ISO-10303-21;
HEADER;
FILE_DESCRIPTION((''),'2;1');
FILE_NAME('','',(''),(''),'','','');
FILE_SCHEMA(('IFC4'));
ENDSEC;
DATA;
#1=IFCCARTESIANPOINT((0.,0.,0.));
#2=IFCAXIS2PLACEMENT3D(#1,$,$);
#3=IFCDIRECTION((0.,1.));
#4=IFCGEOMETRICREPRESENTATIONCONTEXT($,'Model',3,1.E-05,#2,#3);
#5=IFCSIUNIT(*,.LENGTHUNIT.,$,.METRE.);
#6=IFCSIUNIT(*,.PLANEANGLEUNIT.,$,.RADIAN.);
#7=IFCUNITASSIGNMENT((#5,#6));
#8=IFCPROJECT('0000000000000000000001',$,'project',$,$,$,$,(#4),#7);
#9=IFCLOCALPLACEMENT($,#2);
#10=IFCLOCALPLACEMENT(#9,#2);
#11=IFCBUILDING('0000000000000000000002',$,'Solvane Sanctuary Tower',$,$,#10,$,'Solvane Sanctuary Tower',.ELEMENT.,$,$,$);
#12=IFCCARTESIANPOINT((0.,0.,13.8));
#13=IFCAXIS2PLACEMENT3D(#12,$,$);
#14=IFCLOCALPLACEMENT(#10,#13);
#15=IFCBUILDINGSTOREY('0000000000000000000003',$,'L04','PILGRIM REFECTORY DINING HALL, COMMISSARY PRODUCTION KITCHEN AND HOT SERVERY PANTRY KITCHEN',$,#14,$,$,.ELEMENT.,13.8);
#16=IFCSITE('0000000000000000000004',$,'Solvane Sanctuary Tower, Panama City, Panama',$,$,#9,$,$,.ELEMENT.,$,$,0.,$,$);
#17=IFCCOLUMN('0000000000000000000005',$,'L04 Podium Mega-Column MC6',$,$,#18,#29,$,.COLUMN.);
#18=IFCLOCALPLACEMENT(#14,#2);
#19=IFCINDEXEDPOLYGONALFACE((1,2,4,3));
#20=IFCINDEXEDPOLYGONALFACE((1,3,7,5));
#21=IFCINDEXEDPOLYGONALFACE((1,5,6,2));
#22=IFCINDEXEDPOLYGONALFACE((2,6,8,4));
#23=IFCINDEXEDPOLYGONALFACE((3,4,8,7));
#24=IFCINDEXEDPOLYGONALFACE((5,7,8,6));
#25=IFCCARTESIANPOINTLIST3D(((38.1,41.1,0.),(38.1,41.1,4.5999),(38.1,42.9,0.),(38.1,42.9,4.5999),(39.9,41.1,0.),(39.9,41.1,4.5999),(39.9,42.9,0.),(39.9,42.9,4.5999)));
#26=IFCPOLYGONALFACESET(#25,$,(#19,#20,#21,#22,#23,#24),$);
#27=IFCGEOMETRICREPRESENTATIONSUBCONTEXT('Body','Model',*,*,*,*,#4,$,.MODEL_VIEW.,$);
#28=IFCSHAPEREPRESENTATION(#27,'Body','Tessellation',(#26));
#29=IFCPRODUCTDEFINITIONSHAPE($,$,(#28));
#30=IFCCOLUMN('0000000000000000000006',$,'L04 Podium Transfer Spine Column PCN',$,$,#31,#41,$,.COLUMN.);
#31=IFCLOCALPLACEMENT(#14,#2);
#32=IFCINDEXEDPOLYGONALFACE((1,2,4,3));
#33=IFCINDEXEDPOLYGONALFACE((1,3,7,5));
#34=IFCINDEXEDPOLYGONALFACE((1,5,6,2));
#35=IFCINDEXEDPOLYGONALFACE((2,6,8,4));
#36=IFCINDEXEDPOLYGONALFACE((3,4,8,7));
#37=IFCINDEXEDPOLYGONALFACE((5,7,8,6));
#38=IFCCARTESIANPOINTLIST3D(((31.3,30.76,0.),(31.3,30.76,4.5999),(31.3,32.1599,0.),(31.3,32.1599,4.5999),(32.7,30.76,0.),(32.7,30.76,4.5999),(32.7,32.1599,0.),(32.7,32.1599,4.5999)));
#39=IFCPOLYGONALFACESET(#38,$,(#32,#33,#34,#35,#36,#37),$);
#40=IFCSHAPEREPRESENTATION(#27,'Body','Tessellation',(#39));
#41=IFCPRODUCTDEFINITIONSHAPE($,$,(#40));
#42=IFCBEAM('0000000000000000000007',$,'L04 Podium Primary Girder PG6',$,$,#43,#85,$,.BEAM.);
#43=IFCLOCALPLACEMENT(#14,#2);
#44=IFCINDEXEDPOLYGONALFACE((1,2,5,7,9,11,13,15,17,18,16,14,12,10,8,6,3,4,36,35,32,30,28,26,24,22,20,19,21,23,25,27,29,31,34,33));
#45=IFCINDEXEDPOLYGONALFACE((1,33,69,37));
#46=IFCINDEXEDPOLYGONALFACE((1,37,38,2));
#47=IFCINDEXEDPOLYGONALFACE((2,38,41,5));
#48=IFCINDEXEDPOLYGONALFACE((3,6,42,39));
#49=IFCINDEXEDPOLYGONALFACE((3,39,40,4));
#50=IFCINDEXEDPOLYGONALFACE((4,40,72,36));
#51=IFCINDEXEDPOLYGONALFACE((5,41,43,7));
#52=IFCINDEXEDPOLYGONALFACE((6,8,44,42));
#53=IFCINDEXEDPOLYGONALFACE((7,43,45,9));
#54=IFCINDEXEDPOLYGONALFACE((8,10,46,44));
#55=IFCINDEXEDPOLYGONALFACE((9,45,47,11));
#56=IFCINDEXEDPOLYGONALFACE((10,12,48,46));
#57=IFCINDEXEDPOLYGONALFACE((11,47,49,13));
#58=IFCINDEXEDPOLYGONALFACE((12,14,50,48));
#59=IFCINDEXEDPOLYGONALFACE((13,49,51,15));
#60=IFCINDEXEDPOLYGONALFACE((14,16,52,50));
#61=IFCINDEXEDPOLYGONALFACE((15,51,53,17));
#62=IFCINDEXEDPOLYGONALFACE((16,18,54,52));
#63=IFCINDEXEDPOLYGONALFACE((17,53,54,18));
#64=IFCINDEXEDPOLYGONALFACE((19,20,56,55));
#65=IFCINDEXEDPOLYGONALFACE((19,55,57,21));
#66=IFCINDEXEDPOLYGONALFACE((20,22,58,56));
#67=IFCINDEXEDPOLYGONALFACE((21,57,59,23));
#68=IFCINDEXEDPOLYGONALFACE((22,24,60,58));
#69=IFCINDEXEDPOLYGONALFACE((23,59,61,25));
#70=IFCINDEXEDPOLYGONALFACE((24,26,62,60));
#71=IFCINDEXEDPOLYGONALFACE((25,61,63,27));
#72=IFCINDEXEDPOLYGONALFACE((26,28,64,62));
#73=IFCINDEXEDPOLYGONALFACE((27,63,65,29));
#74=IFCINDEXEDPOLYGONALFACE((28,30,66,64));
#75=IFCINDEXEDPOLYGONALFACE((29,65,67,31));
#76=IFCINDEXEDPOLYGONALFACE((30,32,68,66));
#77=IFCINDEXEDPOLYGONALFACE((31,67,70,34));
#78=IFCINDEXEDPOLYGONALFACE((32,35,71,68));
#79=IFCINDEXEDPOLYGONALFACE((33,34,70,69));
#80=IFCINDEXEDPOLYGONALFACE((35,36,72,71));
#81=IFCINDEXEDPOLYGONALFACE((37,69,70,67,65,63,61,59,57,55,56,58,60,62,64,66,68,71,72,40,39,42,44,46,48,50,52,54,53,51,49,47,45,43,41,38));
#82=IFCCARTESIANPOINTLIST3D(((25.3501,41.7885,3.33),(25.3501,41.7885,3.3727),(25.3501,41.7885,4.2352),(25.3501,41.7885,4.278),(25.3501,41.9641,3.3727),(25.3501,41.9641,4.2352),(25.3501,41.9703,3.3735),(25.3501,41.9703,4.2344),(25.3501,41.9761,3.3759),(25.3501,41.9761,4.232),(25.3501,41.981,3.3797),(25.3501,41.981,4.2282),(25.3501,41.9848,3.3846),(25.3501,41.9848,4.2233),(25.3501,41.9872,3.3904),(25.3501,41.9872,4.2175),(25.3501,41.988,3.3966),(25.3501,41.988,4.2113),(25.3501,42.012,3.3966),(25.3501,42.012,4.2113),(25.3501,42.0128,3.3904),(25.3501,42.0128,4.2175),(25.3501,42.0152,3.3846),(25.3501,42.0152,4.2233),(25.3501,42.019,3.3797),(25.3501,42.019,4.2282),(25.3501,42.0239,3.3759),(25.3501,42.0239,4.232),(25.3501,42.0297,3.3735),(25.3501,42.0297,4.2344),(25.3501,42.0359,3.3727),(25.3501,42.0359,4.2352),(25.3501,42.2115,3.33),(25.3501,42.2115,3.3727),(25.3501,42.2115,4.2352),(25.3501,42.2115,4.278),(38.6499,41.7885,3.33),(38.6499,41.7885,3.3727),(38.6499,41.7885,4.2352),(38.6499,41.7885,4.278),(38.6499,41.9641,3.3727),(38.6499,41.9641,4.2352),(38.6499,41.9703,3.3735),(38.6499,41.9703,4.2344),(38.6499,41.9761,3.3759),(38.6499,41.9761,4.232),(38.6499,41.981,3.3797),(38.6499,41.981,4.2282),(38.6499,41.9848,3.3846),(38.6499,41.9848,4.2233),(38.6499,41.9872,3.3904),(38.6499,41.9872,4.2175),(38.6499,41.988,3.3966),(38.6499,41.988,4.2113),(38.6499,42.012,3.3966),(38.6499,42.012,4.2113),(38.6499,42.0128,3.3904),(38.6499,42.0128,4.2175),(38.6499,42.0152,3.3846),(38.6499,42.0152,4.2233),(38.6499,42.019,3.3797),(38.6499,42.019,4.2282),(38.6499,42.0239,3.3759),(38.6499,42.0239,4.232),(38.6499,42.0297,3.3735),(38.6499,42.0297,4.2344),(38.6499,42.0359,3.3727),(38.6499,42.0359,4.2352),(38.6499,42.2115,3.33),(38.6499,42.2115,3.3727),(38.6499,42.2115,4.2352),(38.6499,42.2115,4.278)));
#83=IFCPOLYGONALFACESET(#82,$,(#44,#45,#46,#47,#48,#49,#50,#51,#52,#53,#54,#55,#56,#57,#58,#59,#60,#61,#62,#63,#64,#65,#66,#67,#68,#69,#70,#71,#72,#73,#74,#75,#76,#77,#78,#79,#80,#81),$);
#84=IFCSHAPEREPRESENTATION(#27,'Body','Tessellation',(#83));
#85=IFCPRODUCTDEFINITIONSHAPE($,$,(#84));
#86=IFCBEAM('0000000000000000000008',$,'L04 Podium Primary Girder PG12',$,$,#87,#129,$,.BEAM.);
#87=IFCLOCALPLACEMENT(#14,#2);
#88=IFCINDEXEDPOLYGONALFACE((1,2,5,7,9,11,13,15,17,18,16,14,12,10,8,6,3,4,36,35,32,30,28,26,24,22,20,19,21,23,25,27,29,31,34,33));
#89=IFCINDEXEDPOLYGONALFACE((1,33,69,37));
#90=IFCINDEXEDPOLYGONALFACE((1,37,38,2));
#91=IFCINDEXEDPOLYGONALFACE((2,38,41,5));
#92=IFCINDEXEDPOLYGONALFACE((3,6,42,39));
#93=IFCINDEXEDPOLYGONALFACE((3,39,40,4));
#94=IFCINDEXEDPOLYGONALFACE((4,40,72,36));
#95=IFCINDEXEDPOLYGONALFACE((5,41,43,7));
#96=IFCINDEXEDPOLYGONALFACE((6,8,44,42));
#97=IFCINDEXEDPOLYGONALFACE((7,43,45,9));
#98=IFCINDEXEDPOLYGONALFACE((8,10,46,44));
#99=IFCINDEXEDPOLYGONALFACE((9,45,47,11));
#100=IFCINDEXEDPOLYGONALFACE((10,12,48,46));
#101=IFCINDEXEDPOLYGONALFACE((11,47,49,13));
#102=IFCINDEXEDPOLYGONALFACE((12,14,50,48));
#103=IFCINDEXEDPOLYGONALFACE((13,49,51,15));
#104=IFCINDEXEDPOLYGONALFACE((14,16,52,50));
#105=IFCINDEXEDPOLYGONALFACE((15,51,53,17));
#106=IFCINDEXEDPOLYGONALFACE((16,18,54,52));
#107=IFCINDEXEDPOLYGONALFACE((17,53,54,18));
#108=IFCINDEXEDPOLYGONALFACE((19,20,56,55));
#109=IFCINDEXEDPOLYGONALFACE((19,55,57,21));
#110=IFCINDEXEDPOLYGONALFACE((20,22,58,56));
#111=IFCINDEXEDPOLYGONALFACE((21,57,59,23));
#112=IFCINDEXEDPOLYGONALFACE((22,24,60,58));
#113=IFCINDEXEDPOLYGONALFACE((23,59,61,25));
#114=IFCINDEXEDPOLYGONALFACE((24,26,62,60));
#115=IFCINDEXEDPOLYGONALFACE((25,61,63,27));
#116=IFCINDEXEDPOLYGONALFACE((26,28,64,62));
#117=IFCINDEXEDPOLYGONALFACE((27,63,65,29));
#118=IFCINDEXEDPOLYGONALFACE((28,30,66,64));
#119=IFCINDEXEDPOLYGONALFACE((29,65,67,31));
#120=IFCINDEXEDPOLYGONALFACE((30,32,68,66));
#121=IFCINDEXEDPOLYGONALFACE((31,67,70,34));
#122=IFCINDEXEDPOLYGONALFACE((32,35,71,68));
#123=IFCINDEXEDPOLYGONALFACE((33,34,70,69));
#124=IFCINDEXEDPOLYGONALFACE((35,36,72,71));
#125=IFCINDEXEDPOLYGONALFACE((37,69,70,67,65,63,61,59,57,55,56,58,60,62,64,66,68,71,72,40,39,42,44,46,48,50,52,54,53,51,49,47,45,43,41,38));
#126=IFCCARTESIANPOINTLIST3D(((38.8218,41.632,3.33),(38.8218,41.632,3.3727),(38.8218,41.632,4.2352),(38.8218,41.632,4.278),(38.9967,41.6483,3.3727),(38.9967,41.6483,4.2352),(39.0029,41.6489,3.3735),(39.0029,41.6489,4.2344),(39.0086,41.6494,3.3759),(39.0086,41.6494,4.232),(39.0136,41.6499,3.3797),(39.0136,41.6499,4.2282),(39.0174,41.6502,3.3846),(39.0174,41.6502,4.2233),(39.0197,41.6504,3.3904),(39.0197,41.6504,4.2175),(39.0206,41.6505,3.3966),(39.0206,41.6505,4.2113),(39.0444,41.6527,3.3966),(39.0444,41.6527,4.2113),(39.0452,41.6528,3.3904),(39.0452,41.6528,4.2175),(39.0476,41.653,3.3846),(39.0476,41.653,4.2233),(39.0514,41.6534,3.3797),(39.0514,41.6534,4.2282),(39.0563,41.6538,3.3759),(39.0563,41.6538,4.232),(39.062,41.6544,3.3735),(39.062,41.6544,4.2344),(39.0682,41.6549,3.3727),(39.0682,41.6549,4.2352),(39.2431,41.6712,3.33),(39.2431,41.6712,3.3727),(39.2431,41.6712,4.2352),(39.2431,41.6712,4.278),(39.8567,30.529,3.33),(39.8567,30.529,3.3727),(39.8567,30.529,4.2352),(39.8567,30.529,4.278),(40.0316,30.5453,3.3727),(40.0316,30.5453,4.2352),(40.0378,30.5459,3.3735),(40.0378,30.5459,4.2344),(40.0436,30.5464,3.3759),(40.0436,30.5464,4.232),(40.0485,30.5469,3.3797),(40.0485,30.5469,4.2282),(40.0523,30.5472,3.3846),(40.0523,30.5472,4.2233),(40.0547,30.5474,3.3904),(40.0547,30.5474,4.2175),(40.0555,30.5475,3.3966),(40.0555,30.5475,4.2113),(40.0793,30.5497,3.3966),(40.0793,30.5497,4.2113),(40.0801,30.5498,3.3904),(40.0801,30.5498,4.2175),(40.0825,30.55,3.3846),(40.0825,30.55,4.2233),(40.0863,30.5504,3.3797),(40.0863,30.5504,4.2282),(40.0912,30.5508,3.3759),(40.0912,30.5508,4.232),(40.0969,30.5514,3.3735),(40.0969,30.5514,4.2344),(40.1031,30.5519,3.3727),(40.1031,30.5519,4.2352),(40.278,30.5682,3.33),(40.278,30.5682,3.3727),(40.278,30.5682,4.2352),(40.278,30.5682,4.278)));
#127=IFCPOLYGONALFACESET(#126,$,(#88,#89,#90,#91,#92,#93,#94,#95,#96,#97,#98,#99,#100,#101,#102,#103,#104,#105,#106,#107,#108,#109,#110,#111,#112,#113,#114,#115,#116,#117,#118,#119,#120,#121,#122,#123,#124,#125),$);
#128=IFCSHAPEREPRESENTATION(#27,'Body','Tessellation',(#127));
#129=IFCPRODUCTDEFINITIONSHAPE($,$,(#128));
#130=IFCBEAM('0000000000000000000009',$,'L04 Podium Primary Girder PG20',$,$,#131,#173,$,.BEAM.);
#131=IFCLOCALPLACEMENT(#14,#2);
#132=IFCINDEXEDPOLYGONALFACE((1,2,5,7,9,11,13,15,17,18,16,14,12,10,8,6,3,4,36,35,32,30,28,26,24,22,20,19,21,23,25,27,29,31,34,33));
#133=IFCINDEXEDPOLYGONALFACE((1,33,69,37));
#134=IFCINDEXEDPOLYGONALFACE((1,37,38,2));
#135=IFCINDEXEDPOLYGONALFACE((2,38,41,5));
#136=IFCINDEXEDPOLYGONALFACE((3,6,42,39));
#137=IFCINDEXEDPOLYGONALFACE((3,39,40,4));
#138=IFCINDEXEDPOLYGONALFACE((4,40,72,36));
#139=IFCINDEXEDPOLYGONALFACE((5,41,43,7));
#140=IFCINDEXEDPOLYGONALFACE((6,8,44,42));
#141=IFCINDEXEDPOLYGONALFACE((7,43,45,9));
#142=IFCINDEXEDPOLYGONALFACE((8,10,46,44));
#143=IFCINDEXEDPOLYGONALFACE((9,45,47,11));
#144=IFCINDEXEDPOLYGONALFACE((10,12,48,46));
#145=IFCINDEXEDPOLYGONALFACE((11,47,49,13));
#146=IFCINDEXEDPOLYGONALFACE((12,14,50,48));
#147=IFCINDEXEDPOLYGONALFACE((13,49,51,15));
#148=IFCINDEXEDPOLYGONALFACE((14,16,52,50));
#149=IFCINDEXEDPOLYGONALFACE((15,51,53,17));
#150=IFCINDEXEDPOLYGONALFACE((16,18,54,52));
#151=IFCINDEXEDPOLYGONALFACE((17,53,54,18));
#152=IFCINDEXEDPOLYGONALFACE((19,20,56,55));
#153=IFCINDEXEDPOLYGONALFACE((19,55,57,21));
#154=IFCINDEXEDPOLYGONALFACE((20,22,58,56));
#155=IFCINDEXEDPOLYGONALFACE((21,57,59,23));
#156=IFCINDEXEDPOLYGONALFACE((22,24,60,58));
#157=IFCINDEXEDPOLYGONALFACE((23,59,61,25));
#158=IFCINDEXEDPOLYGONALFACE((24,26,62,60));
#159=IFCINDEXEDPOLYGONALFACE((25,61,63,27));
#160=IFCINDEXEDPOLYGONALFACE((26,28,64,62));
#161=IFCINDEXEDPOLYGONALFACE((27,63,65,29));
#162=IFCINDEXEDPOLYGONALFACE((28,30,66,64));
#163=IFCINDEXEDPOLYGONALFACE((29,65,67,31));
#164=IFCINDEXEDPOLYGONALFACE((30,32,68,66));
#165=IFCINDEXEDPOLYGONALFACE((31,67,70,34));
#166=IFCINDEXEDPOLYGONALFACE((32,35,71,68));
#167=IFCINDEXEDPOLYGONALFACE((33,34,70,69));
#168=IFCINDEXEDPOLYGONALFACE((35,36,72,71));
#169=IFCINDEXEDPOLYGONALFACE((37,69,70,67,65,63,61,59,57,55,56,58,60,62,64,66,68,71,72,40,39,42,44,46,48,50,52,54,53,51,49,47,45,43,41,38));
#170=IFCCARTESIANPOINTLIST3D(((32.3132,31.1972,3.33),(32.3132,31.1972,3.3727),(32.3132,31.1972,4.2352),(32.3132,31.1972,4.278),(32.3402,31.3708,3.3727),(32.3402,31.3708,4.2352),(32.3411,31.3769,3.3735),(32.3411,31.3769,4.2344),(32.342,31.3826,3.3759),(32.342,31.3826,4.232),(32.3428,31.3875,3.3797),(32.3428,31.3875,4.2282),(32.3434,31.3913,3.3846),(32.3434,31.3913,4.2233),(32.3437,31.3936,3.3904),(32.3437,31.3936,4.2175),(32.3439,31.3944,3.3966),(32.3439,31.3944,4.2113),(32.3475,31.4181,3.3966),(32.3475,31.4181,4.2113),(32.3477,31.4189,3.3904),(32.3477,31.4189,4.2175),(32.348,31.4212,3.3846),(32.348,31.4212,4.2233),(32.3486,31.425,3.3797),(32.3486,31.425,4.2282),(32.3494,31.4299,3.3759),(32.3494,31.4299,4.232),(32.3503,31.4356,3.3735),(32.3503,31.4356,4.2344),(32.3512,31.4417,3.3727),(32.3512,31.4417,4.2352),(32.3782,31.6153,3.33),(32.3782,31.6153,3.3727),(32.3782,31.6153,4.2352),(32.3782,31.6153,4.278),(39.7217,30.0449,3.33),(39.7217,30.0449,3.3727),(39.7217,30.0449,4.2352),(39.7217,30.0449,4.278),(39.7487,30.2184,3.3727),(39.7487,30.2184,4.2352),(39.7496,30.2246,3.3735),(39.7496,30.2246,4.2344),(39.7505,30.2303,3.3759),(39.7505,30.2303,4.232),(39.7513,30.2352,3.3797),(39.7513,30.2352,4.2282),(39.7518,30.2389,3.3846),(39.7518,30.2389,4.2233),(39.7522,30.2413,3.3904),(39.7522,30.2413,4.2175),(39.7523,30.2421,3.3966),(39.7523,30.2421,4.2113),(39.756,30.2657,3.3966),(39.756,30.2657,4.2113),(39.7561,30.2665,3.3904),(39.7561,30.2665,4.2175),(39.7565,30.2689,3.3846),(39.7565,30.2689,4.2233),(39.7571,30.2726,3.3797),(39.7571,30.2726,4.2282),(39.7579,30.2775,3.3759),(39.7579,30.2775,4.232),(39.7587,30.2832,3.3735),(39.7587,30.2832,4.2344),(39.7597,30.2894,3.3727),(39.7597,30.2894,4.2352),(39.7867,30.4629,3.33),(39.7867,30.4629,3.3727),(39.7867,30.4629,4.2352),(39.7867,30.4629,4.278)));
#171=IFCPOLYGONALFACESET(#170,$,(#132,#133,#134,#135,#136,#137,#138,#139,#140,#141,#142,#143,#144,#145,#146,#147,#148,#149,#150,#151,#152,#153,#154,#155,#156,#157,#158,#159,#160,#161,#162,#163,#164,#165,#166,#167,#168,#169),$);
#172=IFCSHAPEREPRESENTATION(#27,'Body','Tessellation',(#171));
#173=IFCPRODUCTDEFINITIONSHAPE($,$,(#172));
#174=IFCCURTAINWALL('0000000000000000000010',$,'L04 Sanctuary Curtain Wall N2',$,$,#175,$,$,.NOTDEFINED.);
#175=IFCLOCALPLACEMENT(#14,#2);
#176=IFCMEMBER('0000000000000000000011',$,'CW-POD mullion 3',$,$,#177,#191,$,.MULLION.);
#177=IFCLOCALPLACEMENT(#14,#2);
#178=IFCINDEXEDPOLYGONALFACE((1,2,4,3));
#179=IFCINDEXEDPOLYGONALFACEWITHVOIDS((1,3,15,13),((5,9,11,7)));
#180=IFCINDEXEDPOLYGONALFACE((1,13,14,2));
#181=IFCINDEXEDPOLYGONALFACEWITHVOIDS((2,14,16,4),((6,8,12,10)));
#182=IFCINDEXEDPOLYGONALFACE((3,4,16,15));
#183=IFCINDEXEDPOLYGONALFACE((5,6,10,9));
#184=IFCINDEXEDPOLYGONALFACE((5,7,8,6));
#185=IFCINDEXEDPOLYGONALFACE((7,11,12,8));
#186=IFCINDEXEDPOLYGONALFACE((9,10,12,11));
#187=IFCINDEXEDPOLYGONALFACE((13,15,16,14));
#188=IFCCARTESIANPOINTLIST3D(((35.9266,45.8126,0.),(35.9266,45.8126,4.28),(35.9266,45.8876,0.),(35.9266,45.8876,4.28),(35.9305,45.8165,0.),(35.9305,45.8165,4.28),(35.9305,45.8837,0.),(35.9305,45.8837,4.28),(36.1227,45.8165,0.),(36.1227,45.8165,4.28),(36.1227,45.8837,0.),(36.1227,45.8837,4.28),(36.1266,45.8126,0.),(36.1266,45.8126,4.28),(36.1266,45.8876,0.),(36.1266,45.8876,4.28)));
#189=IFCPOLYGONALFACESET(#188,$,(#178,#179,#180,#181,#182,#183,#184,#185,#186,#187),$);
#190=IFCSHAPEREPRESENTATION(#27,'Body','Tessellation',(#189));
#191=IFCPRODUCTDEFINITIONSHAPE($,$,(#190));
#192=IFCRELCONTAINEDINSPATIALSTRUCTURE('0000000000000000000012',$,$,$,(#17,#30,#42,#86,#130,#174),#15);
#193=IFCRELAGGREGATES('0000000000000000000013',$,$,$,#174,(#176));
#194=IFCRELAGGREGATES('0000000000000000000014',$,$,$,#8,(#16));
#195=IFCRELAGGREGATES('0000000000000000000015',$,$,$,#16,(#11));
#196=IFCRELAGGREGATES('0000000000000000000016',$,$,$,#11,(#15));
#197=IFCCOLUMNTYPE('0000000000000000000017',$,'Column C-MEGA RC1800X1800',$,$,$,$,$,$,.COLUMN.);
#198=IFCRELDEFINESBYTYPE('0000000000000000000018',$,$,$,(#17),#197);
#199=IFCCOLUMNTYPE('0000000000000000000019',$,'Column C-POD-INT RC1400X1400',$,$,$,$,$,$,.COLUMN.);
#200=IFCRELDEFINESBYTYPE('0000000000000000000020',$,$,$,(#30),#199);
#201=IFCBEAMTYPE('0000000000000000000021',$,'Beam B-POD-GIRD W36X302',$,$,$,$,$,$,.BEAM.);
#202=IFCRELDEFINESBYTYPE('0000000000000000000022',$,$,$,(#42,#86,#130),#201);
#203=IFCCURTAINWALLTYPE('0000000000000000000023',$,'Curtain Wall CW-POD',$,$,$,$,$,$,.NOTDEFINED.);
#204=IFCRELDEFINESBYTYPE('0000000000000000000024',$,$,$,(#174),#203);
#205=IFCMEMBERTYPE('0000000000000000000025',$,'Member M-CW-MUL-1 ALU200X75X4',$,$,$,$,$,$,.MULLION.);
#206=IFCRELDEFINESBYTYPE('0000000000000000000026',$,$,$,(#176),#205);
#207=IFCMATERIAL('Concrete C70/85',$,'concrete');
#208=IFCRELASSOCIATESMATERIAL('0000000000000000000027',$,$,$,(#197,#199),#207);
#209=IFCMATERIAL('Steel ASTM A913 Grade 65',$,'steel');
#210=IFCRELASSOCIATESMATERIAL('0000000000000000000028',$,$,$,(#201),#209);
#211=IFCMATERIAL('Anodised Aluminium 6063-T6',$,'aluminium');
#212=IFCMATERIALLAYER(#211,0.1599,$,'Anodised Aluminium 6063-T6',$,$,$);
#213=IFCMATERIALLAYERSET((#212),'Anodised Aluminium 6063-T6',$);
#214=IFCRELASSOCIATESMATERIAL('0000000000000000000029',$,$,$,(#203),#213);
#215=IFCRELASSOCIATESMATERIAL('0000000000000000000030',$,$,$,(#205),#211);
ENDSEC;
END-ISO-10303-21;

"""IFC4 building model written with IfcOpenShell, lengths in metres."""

from ifc_helpers import new_model, si_unit, direction, frame, origin, origin_2d, place, context, subcontext, project, spatial, rectangle, hollow_rectangle, i_section, extrude, material, layer, layer_set, material_profile, profile_set, type_object, element, aggregate, save


model = new_model("IFC4")

# Units and contexts
model_context = context("Model", 3, precision=1e-05, world=origin(), true_north=direction((0.0, 1.0)))
body_context = subcontext(model_context, "Body", "Model", "MODEL_VIEW")
ifc_project = project(units=[si_unit("LENGTHUNIT", "METRE"), si_unit("PLANEANGLEUNIT", "RADIAN")], contexts=[model_context])

# Site, building, storey
site_placement = place(None, origin())
site = spatial("IfcSite", under=ifc_project, at=site_placement, Name="Solvane Sanctuary Tower, Panama City, Panama", CompositionType="ELEMENT", RefElevation=0.0)
building_placement = place(site_placement, origin())
building = spatial("IfcBuilding", under=site, at=building_placement, Name="Solvane Sanctuary Tower", LongName="Solvane Sanctuary Tower", CompositionType="ELEMENT")
storey_placement = place(building_placement, frame((0.0, 0.0, 13.8)))
storey = spatial("IfcBuildingStorey", under=building, at=storey_placement, Name="L04", Description="PILGRIM REFECTORY DINING HALL, COMMISSARY PRODUCTION KITCHEN AND HOT SERVERY PANTRY KITCHEN", CompositionType="ELEMENT", Elevation=13.8)

# Columns
ifc_material_1 = material(Name="Concrete C70/85", Category="concrete")
ifc_material_profile_1 = material_profile(ifc_material_1, rectangle(XDim=1.8, YDim=1.8, at=origin_2d()), Name="RC1800X1800")
ifc_profile_set_1 = profile_set([ifc_material_profile_1], Name="Concrete C70/85")
column_type_1 = type_object("IfcColumnType", Name="Column C-MEGA RC1800X1800", PredefinedType="COLUMN", material=ifc_profile_set_1)
column_1_placement = place(storey_placement, frame((39.0, 42.0, 0.0), z_axis=(0.0, 0.0, 1.0), x_axis=(1.0, 0.0, 0.0)))
element("IfcColumn", 1, at=column_1_placement, inside=storey, type_object=column_type_1, Name="L04 Podium Mega-Column MC6", PredefinedType="COLUMN", context=body_context, shape_type="SweptSolid", body=[
    extrude(rectangle(XDim=1.8, YDim=1.8, at=origin_2d()), origin(), (0.0, 0.0, 1.0), 4.5999),
])
ifc_material_profile_2 = material_profile(ifc_material_1, rectangle(XDim=1.3999, YDim=1.3999, at=origin_2d()), Name="RC1400X1400")
ifc_profile_set_2 = profile_set([ifc_material_profile_2], Name="Concrete C70/85")
column_type_2 = type_object("IfcColumnType", Name="Column C-POD-INT RC1400X1400", PredefinedType="COLUMN", material=ifc_profile_set_2)
column_2_placement = place(storey_placement, frame((32.0, 31.46, 0.0), z_axis=(0.0, 0.0, 1.0), x_axis=(1.0, 0.0, 0.0)))
element("IfcColumn", 2, at=column_2_placement, inside=storey, type_object=column_type_2, Name="L04 Podium Transfer Spine Column PCN", PredefinedType="COLUMN", context=body_context, shape_type="SweptSolid", body=[
    extrude(rectangle(XDim=1.3999, YDim=1.3999, at=origin_2d()), origin(), (0.0, 0.0, 1.0), 4.5999),
])

# Beams
ifc_material_2 = material(Name="Steel ASTM A913 Grade 65", Category="steel")
ifc_material_profile_3 = material_profile(ifc_material_2, i_section(OverallWidth=0.4231, OverallDepth=0.948, WebThickness=0.0239, FlangeThickness=0.0427, FilletRadius=0.0239, at=origin_2d()), Name="W36X302")
ifc_profile_set_3 = profile_set([ifc_material_profile_3], Name="Steel ASTM A913 Grade 65")
beam_type = type_object("IfcBeamType", Name="Beam B-POD-GIRD W36X302", PredefinedType="BEAM", material=ifc_profile_set_3)
beam_1_placement = place(storey_placement, frame((38.6499, 42.0, 3.804), z_axis=(-1.0, 0.0, 0.0), x_axis=(0.0, -1.0, 0.0)))
element("IfcBeam", 3, at=beam_1_placement, inside=storey, type_object=beam_type, Name="L04 Podium Primary Girder PG6", PredefinedType="BEAM", context=body_context, shape_type="SweptSolid", body=[
    extrude(i_section(OverallWidth=0.4231, OverallDepth=0.948, WebThickness=0.0239, FlangeThickness=0.0427, FilletRadius=0.0239, at=origin_2d()), origin(), (0.0, 0.0, 1.0), 13.2998),
])
beam_2_placement = place(storey_placement, frame((39.0325, 41.6516, 3.804), z_axis=(0.092808, -0.995684, 0.0), x_axis=(0.995684, 0.092808, 0.0)))
element("IfcBeam", 4, at=beam_2_placement, inside=storey, type_object=beam_type, Name="L04 Podium Primary Girder PG12", PredefinedType="BEAM", context=body_context, shape_type="SweptSolid", body=[
    extrude(i_section(OverallWidth=0.4231, OverallDepth=0.948, WebThickness=0.0239, FlangeThickness=0.0427, FilletRadius=0.0239, at=origin_2d()), origin(), (0.0, 0.0, 1.0), 11.1511),
])
beam_3_placement = place(storey_placement, frame((32.3457, 31.4062, 3.804), z_axis=(0.988118, -0.153696, 0.0), x_axis=(0.153696, 0.988118, 0.0)))
element("IfcBeam", 5, at=beam_3_placement, inside=storey, type_object=beam_type, Name="L04 Podium Primary Girder PG20", PredefinedType="BEAM", context=body_context, shape_type="SweptSolid", body=[
    extrude(i_section(OverallWidth=0.4231, OverallDepth=0.948, WebThickness=0.0239, FlangeThickness=0.0427, FilletRadius=0.0239, at=origin_2d()), origin(), (0.0, 0.0, 1.0), 7.4976),
])

# Curtain wall, member
ifc_material_3 = material(Name="Anodised Aluminium 6063-T6", Category="aluminium")
ifc_layer_1 = layer(ifc_material_3, 0.1599, Name="Anodised Aluminium 6063-T6")
ifc_layer_set_1 = layer_set([ifc_layer_1], Name="Anodised Aluminium 6063-T6")
curtain_wall_type = type_object("IfcCurtainWallType", Name="Curtain Wall CW-POD", PredefinedType="NOTDEFINED", material=ifc_layer_set_1)
curtain_wall_placement = place(storey_placement, origin())
curtain_wall = element("IfcCurtainWall", 6, at=curtain_wall_placement, inside=storey, type_object=curtain_wall_type, Name="L04 Sanctuary Curtain Wall N2", PredefinedType="NOTDEFINED")
ifc_material_profile_4 = material_profile(ifc_material_3, hollow_rectangle(XDim=0.075, YDim=0.2, WallThickness=0.0039, at=origin_2d()), Name="ALU200X75X4")
ifc_profile_set_4 = profile_set([ifc_material_profile_4], Name="Anodised Aluminium 6063-T6")
member_type_1 = type_object("IfcMemberType", Name="Member M-CW-MUL-1 ALU200X75X4", PredefinedType="MULLION", material=ifc_profile_set_4)
member_1_placement = place(storey_placement, frame((36.0266, 45.8501, 0.0), z_axis=(0.0, 0.0, 1.0), x_axis=(0.0, -1.0, 0.0)))
member_1 = element("IfcMember", 7, at=member_1_placement, type_object=member_type_1, Name="CW-POD mullion 3", PredefinedType="MULLION", context=body_context, shape_type="SweptSolid", body=[
    extrude(hollow_rectangle(XDim=0.075, YDim=0.2, WallThickness=0.0039, at=origin_2d()), origin(), (0.0, 0.0, 1.0), 4.28),
])
aggregate(curtain_wall, [member_1])

save(model, "model.ifc")
